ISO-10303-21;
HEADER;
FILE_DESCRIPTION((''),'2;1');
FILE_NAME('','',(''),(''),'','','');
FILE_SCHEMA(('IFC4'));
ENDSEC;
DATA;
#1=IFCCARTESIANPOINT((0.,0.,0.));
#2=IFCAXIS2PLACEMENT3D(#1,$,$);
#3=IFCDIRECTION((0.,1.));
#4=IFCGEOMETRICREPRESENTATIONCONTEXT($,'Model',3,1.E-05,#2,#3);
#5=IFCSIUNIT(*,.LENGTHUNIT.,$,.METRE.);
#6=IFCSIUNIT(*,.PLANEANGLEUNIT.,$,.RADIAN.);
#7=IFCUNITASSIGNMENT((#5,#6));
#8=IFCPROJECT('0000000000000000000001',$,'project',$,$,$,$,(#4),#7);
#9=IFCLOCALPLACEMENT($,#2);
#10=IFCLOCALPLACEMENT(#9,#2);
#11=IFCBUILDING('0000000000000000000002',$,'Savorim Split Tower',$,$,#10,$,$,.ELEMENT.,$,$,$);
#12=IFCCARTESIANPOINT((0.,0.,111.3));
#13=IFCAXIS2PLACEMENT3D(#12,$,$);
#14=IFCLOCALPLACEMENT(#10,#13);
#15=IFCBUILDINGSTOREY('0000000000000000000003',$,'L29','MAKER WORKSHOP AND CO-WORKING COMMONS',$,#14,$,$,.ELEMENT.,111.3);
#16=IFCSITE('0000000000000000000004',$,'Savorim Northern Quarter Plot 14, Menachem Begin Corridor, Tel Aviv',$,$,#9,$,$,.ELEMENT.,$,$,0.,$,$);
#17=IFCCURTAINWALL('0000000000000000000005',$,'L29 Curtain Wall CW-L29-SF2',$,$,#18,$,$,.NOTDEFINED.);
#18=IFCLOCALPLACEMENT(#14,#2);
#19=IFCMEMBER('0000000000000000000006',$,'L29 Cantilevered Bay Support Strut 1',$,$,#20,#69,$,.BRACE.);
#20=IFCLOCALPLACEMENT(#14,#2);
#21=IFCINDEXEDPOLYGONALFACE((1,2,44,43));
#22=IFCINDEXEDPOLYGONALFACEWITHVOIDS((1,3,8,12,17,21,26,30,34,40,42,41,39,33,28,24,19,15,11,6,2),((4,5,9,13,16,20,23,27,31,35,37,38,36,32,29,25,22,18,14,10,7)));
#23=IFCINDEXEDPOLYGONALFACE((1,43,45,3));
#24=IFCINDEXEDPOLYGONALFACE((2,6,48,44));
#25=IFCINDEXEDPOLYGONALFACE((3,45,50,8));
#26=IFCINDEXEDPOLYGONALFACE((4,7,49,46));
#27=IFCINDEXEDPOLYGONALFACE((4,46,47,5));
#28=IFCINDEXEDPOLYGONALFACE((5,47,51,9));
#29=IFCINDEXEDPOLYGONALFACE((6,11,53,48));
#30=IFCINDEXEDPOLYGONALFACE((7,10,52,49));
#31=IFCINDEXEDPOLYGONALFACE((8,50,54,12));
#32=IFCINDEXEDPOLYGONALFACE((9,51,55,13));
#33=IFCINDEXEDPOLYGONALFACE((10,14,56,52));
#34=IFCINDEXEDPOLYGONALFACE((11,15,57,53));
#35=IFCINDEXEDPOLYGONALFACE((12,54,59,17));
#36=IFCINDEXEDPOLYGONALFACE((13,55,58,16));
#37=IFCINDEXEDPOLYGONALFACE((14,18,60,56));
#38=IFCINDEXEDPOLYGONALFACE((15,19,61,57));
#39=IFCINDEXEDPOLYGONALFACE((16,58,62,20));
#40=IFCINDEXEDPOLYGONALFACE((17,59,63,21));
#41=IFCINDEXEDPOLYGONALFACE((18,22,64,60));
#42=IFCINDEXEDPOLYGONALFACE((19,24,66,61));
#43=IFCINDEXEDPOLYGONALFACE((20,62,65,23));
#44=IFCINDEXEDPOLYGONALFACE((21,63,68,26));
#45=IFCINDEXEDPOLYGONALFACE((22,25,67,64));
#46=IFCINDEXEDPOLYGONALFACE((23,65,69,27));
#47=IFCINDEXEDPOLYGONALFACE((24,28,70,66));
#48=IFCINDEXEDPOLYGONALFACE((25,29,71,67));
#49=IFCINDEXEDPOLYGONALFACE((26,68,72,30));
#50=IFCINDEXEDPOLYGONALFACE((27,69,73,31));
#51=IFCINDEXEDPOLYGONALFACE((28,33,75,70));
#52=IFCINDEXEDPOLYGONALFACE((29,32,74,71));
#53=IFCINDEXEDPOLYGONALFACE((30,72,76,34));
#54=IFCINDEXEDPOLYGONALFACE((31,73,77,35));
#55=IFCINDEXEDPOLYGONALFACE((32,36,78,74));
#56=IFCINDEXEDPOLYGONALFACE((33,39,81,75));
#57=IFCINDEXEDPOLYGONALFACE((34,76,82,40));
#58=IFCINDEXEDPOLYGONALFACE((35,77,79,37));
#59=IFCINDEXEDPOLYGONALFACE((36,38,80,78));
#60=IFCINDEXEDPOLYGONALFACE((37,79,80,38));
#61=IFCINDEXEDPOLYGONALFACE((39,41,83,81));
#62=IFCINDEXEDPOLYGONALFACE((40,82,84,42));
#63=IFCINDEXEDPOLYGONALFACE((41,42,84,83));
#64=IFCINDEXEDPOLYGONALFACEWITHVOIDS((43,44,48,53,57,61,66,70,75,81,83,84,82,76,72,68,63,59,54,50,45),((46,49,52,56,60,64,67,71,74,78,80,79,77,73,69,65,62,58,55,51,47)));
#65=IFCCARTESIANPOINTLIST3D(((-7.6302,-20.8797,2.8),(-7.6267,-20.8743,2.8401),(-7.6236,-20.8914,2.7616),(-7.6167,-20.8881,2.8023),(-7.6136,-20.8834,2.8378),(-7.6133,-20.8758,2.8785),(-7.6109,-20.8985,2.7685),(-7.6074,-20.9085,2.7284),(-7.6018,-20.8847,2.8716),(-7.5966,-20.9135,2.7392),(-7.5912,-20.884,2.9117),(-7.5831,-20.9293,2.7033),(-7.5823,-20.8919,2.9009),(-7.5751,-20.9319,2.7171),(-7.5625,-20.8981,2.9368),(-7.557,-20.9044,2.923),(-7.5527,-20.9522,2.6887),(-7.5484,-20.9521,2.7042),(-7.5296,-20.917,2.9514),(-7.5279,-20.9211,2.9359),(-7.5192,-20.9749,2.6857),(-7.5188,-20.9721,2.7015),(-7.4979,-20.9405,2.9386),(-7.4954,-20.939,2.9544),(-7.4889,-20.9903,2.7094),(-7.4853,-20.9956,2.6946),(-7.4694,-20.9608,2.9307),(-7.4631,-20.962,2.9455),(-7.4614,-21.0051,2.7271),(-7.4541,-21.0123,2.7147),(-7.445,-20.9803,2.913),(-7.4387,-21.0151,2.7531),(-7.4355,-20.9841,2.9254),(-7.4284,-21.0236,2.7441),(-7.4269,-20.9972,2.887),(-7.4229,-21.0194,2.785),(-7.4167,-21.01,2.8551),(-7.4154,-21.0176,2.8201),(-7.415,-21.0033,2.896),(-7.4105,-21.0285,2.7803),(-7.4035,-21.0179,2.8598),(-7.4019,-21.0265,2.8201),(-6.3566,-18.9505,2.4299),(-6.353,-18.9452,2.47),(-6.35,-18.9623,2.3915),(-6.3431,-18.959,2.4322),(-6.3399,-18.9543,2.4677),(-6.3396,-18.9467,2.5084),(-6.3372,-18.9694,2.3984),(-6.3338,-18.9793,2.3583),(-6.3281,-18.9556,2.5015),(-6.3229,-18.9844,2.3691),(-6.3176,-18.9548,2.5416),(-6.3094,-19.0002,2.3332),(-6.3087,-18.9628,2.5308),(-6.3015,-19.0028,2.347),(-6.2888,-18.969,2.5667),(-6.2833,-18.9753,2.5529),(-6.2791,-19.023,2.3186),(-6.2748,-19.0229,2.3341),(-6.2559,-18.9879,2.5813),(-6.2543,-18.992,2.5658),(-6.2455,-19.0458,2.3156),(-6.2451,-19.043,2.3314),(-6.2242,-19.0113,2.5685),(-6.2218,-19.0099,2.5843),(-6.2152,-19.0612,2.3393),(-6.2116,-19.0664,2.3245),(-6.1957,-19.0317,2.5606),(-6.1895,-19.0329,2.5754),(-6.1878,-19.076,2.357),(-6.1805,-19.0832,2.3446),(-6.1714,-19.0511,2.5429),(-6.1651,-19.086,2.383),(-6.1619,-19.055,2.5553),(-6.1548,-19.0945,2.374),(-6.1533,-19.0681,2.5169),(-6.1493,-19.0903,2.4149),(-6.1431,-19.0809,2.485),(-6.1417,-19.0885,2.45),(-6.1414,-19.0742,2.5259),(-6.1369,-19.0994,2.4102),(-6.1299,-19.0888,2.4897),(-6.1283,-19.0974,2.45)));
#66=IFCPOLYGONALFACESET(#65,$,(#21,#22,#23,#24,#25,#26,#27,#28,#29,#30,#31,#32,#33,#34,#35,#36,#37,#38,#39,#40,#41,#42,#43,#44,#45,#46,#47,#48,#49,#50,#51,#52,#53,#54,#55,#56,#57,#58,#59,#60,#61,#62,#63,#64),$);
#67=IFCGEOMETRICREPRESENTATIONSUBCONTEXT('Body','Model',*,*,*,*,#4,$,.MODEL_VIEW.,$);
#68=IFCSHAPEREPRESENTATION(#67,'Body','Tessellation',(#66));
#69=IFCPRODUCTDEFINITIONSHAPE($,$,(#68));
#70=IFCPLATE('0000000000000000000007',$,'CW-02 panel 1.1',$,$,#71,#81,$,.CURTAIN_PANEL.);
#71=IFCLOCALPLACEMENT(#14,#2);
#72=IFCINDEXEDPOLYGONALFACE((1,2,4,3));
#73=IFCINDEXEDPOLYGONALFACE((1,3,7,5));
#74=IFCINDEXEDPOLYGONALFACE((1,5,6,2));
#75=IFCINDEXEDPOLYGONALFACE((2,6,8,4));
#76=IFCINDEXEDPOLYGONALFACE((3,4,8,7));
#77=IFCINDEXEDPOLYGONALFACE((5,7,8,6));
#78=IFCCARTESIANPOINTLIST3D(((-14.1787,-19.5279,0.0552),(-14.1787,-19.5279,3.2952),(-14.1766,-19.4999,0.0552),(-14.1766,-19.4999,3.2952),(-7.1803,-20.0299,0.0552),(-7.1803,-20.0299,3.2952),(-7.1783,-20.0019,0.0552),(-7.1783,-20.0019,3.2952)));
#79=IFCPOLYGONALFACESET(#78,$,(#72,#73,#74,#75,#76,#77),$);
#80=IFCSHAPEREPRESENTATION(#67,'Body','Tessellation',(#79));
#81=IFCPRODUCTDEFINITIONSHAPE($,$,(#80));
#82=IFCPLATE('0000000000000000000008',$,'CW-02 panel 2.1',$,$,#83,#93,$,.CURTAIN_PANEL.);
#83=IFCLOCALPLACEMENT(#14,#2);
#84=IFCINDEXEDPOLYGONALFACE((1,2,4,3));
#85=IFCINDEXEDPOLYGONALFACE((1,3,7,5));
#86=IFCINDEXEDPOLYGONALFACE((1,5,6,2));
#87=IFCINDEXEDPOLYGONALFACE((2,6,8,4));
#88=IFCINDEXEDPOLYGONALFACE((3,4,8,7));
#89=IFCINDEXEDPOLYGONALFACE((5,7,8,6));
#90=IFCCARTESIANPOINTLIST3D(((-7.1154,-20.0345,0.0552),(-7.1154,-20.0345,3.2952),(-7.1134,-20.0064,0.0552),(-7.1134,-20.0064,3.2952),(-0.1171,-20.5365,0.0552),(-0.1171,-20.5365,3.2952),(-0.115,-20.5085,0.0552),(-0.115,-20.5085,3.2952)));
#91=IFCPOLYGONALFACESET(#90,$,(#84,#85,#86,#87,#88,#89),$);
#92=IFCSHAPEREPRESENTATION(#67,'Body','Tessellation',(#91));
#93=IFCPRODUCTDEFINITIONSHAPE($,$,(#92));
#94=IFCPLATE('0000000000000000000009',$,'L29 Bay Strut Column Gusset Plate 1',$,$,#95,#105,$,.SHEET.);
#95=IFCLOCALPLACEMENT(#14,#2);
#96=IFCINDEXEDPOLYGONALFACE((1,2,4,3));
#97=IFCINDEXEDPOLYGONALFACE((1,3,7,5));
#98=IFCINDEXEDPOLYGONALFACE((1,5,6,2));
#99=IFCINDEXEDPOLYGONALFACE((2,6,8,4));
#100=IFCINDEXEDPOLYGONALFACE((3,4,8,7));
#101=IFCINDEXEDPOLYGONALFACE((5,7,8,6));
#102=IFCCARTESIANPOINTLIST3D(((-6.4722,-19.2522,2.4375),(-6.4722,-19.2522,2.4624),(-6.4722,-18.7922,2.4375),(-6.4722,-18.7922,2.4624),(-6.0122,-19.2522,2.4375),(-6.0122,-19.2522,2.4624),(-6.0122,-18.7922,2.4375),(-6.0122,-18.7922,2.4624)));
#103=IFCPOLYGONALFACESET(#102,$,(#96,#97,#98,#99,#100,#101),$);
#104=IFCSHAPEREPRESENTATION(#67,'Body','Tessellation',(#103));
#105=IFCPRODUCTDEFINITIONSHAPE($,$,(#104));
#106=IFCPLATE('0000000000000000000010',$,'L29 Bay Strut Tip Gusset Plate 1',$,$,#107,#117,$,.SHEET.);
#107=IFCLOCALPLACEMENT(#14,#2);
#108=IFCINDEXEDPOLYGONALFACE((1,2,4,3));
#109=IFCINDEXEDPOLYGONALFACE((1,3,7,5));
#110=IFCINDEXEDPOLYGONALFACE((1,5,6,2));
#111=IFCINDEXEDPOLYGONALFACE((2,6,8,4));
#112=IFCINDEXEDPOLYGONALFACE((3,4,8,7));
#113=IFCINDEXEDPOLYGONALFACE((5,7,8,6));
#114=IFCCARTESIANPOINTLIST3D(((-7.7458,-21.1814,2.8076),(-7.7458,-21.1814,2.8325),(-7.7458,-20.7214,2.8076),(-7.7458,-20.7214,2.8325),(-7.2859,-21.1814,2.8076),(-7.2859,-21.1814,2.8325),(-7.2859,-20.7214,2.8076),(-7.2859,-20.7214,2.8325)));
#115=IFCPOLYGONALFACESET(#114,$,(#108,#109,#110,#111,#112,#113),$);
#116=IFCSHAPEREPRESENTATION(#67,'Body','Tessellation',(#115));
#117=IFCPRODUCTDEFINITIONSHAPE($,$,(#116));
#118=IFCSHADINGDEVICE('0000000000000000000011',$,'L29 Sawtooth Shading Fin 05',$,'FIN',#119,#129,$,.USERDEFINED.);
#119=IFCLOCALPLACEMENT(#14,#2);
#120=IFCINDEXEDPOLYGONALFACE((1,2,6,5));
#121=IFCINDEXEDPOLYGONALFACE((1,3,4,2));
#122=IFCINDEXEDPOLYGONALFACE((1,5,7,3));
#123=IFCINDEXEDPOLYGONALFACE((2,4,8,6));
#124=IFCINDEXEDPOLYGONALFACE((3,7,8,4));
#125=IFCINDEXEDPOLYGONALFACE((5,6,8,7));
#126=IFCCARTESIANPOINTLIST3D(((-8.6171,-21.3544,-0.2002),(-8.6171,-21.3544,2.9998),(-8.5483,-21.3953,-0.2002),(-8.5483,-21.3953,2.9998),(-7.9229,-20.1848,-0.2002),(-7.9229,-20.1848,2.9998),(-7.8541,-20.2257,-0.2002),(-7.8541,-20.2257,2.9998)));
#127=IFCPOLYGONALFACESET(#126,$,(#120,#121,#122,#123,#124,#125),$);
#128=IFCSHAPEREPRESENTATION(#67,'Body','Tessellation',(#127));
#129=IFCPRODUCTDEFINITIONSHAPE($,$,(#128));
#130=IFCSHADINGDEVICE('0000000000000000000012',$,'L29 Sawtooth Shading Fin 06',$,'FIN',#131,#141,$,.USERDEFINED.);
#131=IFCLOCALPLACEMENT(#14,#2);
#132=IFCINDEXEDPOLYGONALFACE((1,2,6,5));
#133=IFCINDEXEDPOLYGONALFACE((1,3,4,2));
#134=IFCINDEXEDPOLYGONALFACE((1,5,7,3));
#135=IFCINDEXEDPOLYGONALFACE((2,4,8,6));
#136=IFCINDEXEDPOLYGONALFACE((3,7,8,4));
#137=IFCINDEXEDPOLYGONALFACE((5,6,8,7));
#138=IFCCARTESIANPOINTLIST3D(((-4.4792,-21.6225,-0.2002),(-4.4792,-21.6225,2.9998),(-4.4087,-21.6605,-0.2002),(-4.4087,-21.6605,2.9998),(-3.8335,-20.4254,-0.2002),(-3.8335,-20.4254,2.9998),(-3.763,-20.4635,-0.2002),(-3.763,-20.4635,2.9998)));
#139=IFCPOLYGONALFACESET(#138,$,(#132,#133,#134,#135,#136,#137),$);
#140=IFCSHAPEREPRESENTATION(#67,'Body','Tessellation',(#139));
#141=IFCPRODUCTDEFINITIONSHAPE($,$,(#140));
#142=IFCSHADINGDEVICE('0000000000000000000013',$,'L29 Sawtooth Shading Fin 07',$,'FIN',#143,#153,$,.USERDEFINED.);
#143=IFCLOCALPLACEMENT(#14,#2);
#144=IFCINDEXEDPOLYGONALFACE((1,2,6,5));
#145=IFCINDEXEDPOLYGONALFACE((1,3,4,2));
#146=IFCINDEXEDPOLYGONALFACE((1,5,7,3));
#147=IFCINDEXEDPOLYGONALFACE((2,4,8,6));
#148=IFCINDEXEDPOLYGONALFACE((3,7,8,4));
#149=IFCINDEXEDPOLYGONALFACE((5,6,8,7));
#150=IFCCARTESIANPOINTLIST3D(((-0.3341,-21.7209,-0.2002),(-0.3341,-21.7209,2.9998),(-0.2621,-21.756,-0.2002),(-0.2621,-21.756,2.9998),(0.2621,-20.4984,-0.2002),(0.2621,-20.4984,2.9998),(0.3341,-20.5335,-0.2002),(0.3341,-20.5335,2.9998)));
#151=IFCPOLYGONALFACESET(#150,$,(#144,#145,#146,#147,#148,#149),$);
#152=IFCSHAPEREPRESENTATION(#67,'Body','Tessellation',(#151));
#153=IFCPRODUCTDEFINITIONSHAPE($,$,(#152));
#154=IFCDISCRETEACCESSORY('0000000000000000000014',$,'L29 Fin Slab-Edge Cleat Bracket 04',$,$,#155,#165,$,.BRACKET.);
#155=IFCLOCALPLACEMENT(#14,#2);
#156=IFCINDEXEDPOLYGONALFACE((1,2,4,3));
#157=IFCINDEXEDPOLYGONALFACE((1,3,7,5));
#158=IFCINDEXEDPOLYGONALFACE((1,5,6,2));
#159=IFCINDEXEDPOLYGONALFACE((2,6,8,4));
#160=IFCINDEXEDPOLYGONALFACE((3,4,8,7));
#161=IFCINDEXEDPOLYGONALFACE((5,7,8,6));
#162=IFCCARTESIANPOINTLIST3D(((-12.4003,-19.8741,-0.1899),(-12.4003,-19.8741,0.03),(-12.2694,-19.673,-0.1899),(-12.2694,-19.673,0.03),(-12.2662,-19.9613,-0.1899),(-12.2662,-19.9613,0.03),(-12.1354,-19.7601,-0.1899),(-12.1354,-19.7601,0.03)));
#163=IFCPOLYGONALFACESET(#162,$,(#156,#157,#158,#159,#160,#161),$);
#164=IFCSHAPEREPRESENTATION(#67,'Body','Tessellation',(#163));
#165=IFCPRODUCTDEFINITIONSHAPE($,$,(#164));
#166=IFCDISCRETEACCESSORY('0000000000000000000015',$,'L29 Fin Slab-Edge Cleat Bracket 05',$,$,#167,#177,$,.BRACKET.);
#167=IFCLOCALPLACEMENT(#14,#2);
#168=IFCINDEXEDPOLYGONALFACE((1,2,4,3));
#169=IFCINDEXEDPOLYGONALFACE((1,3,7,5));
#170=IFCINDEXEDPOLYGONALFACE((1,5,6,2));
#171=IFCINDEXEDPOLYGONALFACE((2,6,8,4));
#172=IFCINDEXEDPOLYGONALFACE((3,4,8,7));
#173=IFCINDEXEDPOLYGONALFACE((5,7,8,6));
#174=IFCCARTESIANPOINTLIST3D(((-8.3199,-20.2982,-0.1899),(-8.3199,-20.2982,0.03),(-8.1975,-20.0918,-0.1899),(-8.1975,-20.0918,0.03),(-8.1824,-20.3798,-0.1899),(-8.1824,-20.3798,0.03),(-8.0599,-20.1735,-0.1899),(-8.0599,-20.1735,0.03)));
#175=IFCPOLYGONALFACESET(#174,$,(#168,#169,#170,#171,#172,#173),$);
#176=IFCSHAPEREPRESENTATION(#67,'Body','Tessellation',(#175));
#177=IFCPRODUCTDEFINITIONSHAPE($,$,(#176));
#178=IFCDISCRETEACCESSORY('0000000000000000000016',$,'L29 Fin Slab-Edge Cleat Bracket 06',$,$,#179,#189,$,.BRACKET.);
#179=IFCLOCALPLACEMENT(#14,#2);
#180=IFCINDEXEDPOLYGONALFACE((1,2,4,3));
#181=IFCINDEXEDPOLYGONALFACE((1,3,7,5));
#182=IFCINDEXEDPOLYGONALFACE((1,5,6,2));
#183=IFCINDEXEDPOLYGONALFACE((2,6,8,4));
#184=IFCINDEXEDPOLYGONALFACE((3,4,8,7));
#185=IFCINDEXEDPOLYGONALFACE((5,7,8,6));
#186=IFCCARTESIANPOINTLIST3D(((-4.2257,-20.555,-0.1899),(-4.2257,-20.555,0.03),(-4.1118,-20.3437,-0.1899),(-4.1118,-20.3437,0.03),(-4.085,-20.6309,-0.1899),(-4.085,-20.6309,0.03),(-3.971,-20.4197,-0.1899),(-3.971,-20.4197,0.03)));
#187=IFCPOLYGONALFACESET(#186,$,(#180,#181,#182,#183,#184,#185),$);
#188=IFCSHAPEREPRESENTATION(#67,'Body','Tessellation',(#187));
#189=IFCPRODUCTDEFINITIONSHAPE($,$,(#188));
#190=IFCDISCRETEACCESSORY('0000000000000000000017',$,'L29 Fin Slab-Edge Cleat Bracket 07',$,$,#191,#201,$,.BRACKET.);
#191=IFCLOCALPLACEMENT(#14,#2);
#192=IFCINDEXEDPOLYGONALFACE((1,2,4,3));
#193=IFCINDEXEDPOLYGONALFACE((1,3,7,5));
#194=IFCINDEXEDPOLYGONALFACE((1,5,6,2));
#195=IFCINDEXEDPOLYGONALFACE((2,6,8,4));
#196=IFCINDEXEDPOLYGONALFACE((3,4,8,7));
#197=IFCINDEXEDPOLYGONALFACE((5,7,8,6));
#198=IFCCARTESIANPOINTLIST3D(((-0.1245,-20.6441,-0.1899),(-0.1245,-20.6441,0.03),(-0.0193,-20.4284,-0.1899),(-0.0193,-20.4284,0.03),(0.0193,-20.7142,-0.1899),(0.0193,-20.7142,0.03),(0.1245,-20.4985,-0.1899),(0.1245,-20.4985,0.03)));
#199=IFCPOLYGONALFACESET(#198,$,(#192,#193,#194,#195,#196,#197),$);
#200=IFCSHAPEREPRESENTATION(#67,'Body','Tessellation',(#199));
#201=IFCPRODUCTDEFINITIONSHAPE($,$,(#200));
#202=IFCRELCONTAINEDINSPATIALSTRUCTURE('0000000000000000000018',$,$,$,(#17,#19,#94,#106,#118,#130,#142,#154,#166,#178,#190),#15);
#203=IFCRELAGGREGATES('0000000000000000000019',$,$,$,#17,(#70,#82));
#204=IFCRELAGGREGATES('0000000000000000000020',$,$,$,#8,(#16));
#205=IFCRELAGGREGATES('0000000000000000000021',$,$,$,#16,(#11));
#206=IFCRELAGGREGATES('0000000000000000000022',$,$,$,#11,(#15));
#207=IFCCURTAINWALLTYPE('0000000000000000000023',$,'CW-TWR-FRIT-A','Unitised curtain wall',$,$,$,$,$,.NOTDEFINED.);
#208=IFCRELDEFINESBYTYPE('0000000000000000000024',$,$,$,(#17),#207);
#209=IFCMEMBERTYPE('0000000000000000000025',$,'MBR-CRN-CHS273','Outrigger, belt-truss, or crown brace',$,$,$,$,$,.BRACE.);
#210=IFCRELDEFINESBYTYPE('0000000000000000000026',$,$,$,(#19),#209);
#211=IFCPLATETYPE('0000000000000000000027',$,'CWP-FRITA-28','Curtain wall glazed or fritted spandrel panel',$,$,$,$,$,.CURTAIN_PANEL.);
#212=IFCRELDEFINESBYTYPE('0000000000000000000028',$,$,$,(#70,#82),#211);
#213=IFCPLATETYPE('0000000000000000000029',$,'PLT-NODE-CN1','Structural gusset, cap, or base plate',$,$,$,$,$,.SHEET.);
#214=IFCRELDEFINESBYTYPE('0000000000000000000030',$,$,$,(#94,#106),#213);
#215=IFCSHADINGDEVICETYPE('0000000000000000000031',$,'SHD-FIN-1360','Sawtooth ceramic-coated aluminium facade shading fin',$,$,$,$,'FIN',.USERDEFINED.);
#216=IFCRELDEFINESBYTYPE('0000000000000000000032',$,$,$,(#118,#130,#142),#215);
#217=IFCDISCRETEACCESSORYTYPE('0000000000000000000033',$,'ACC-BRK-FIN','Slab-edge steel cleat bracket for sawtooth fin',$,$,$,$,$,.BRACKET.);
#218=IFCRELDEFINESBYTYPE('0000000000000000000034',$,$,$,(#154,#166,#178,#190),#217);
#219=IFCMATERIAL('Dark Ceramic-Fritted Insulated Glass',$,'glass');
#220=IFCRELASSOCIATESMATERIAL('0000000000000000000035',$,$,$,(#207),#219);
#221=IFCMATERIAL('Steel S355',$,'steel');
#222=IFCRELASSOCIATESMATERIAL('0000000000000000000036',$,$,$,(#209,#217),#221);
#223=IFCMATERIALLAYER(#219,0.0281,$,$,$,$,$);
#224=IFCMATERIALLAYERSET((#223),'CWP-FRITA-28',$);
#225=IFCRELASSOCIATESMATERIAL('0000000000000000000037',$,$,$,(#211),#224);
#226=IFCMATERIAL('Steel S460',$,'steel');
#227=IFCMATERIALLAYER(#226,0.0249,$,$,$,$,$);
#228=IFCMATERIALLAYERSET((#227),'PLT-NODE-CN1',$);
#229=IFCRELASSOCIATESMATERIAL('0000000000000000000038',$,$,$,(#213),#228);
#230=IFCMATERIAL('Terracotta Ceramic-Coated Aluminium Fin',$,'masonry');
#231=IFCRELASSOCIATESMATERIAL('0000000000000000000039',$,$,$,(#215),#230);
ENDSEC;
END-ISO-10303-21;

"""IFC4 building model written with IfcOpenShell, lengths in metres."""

from ifc_helpers import new_model, si_unit, direction, frame, origin, origin_2d, place, context, subcontext, project, spatial, rectangle, hollow_circle, extrude, material, layer, layer_set, material_profile, profile_set, type_object, element, aggregate, save


model = new_model("IFC4")

# Units and contexts
model_context = context("Model", 3, precision=1e-05, world=origin(), true_north=direction((0.0, 1.0)))
body_context = subcontext(model_context, "Body", "Model", "MODEL_VIEW")
ifc_project = project(units=[si_unit("LENGTHUNIT", "METRE"), si_unit("PLANEANGLEUNIT", "RADIAN")], contexts=[model_context])

# Site, building, storey
site_placement = place(None, origin())
site = spatial("IfcSite", under=ifc_project, at=site_placement, Name="Savorim Northern Quarter Plot 14, Menachem Begin Corridor, Tel Aviv", CompositionType="ELEMENT", RefElevation=0.0)
building_placement = place(site_placement, origin())
building = spatial("IfcBuilding", under=site, at=building_placement, Name="Savorim Split Tower", CompositionType="ELEMENT")
storey_placement = place(building_placement, frame((0.0, 0.0, 111.3)))
storey = spatial("IfcBuildingStorey", under=building, at=storey_placement, Name="L29", Description="MAKER WORKSHOP AND CO-WORKING COMMONS", CompositionType="ELEMENT", Elevation=111.3)

# Shared definitions
ifc_material_1 = material(Name="Steel S460", Category="steel")

# Shared definitions
ifc_material_2 = material(Name="Steel S355", Category="steel")

# Curtain wall
ifc_material_3 = material(Name="Dark Ceramic-Fritted Insulated Glass", Category="glass")
curtain_wall_type = type_object("IfcCurtainWallType", Name="CW-TWR-FRIT-A", Description="Unitised curtain wall", PredefinedType="NOTDEFINED", material=ifc_material_3)
curtain_wall_placement = place(storey_placement, origin())
curtain_wall = element("IfcCurtainWall", 1, at=curtain_wall_placement, inside=storey, type_object=curtain_wall_type, Name="L29 Curtain Wall CW-L29-SF2", PredefinedType="NOTDEFINED")

# Member
ifc_material_profile_1 = material_profile(ifc_material_2, hollow_circle(Radius=0.1365, WallThickness=0.0161, at=origin_2d()), Name="CHS 273x16")
ifc_profile_set_1 = profile_set([ifc_material_profile_1], Name="Steel S355")
member_type_1 = type_object("IfcMemberType", Name="MBR-CRN-CHS273", Description="Outrigger, belt-truss, or crown brace", PredefinedType="BRACE", material=ifc_profile_set_1)
member_1_placement = place(storey_placement, frame((-6.2422, -19.0222, 2.45), z_axis=(-0.544037, -0.824033, 0.158091), x_axis=(0.834528, -0.550966, 0.0)))
element("IfcMember", 2, at=member_1_placement, inside=storey, type_object=member_type_1, Name="L29 Cantilevered Bay Support Strut 1", PredefinedType="BRACE", context=body_context, shape_type="SweptSolid", body=[
    extrude(hollow_circle(Radius=0.1365, WallThickness=0.0161, at=origin_2d()), origin(), (0.0, 0.0, 1.0), 2.3411),
])

# Plates
ifc_layer_1 = layer(ifc_material_3, 0.0281)
ifc_layer_set_1 = layer_set([ifc_layer_1], Name="CWP-FRITA-28")
plate_type_1 = type_object("IfcPlateType", Name="CWP-FRITA-28", Description="Curtain wall glazed or fritted spandrel panel", PredefinedType="CURTAIN_PANEL", material=ifc_layer_set_1)
plate_1_placement = place(storey_placement, frame((-10.6785, -19.7649, 0.0552), z_axis=(0.0, 0.0, 1.0), x_axis=(0.997436, -0.071557, 0.0)))
plate_1 = element("IfcPlate", 3, at=plate_1_placement, type_object=plate_type_1, Name="CW-02 panel 1.1", PredefinedType="CURTAIN_PANEL", context=body_context, shape_type="SweptSolid", body=[
    extrude(rectangle(XDim=7.0164, YDim=0.0281, at=origin_2d()), origin(), (0.0, 0.0, 1.0), 3.24),
])
plate_2_placement = place(storey_placement, frame((-3.6152, -20.2715, 0.0552), z_axis=(0.0, 0.0, 1.0), x_axis=(0.997436, -0.071557, 0.0)))
plate_2 = element("IfcPlate", 4, at=plate_2_placement, type_object=plate_type_1, Name="CW-02 panel 2.1", PredefinedType="CURTAIN_PANEL", context=body_context, shape_type="SweptSolid", body=[
    extrude(rectangle(XDim=7.0164, YDim=0.0281, at=origin_2d()), origin(), (0.0, 0.0, 1.0), 3.24),
])
aggregate(curtain_wall, [plate_1, plate_2])

# Plates
ifc_layer_2 = layer(ifc_material_1, 0.0249)
ifc_layer_set_2 = layer_set([ifc_layer_2], Name="PLT-NODE-CN1")
plate_type_2 = type_object("IfcPlateType", Name="PLT-NODE-CN1", Description="Structural gusset, cap, or base plate", PredefinedType="SHEET", material=ifc_layer_set_2)
for number, where, z_axis, x_axis, name in (
    (5, (-6.2422, -19.0222, 2.4375), (0.0, 0.0, 1.0), (1.0, 0.0, 0.0), "L29 Bay Strut Column Gusset Plate 1"),
    (6, (-7.5159, -20.9514, 2.8076), (0.0, 0.0, 1.0), (1.0, 0.0, 0.0), "L29 Bay Strut Tip Gusset Plate 1"),
):
    element("IfcPlate", number, at=place(storey_placement, frame(where, z_axis=z_axis, x_axis=x_axis)), inside=storey, type_object=plate_type_2, Name=name, PredefinedType="SHEET", context=body_context, shape_type="SweptSolid", body=[
        extrude(rectangle(XDim=0.46, YDim=0.46, at=origin_2d()), origin(), (0.0, 0.0, 1.0), 0.0249),
    ])

# Shading devices
ifc_material_4 = material(Name="Terracotta Ceramic-Coated Aluminium Fin", Category="masonry")
shading_device_type = type_object("IfcShadingDeviceType", Name="SHD-FIN-1360", Description="Sawtooth ceramic-coated aluminium facade shading fin", ElementType="FIN", PredefinedType="USERDEFINED", material=ifc_material_4)
for number, where, z_axis, x_axis, name in (
    (7, (-8.2356, -20.79, -0.2002), (0.0, 0.0, 1.0), (-0.510391, -0.859942, 0.0), "L29 Sawtooth Shading Fin 05"),
    (8, (-4.1211, -21.043, -0.2002), (0.0, 0.0, 1.0), (-0.474778, -0.880106, 0.0), "L29 Sawtooth Shading Fin 06"),
    (9, (0.0, -21.1272, -0.2002), (0.0, 0.0, 1.0), (-0.438371, -0.898794, 0.0), "L29 Sawtooth Shading Fin 07"),
):
    element("IfcShadingDevice", number, at=place(storey_placement, frame(where, z_axis=z_axis, x_axis=x_axis)), inside=storey, type_object=shading_device_type, Name=name, ObjectType="FIN", PredefinedType="USERDEFINED", context=body_context, shape_type="SweptSolid", body=[
        extrude(rectangle(XDim=1.3601, YDim=0.0801, at=origin_2d()), origin(), (0.0, 0.0, 1.0), 3.2),
    ])

# Discrete accessories
discrete_accessory_type = type_object("IfcDiscreteAccessoryType", Name="ACC-BRK-FIN", Description="Slab-edge steel cleat bracket for sawtooth fin", PredefinedType="BRACKET", material=ifc_material_2)
for number, where, z_axis, x_axis, name in (
    (10, (-12.2678, -19.8171, -0.1899), (0.0, 0.0, 1.0), (-0.545148, -0.83834, 0.0), "L29 Fin Slab-Edge Cleat Bracket 04"),
    (11, (-8.1899, -20.2358, -0.1899), (0.0, 0.0, 1.0), (-0.510391, -0.859942, 0.0), "L29 Fin Slab-Edge Cleat Bracket 05"),
    (12, (-4.0984, -20.4873, -0.1899), (0.0, 0.0, 1.0), (-0.474778, -0.880106, 0.0), "L29 Fin Slab-Edge Cleat Bracket 06"),
    (13, (0.0, -20.5713, -0.1899), (0.0, 0.0, 1.0), (-0.438371, -0.898794, 0.0), "L29 Fin Slab-Edge Cleat Bracket 07"),
):
    element("IfcDiscreteAccessory", number, at=place(storey_placement, frame(where, z_axis=z_axis, x_axis=x_axis)), inside=storey, type_object=discrete_accessory_type, Name=name, PredefinedType="BRACKET", context=body_context, shape_type="SweptSolid", body=[
        extrude(rectangle(XDim=0.24, YDim=0.1599, at=origin_2d()), origin(), (0.0, 0.0, 1.0), 0.22),
    ])

save(model, "model.ifc")
